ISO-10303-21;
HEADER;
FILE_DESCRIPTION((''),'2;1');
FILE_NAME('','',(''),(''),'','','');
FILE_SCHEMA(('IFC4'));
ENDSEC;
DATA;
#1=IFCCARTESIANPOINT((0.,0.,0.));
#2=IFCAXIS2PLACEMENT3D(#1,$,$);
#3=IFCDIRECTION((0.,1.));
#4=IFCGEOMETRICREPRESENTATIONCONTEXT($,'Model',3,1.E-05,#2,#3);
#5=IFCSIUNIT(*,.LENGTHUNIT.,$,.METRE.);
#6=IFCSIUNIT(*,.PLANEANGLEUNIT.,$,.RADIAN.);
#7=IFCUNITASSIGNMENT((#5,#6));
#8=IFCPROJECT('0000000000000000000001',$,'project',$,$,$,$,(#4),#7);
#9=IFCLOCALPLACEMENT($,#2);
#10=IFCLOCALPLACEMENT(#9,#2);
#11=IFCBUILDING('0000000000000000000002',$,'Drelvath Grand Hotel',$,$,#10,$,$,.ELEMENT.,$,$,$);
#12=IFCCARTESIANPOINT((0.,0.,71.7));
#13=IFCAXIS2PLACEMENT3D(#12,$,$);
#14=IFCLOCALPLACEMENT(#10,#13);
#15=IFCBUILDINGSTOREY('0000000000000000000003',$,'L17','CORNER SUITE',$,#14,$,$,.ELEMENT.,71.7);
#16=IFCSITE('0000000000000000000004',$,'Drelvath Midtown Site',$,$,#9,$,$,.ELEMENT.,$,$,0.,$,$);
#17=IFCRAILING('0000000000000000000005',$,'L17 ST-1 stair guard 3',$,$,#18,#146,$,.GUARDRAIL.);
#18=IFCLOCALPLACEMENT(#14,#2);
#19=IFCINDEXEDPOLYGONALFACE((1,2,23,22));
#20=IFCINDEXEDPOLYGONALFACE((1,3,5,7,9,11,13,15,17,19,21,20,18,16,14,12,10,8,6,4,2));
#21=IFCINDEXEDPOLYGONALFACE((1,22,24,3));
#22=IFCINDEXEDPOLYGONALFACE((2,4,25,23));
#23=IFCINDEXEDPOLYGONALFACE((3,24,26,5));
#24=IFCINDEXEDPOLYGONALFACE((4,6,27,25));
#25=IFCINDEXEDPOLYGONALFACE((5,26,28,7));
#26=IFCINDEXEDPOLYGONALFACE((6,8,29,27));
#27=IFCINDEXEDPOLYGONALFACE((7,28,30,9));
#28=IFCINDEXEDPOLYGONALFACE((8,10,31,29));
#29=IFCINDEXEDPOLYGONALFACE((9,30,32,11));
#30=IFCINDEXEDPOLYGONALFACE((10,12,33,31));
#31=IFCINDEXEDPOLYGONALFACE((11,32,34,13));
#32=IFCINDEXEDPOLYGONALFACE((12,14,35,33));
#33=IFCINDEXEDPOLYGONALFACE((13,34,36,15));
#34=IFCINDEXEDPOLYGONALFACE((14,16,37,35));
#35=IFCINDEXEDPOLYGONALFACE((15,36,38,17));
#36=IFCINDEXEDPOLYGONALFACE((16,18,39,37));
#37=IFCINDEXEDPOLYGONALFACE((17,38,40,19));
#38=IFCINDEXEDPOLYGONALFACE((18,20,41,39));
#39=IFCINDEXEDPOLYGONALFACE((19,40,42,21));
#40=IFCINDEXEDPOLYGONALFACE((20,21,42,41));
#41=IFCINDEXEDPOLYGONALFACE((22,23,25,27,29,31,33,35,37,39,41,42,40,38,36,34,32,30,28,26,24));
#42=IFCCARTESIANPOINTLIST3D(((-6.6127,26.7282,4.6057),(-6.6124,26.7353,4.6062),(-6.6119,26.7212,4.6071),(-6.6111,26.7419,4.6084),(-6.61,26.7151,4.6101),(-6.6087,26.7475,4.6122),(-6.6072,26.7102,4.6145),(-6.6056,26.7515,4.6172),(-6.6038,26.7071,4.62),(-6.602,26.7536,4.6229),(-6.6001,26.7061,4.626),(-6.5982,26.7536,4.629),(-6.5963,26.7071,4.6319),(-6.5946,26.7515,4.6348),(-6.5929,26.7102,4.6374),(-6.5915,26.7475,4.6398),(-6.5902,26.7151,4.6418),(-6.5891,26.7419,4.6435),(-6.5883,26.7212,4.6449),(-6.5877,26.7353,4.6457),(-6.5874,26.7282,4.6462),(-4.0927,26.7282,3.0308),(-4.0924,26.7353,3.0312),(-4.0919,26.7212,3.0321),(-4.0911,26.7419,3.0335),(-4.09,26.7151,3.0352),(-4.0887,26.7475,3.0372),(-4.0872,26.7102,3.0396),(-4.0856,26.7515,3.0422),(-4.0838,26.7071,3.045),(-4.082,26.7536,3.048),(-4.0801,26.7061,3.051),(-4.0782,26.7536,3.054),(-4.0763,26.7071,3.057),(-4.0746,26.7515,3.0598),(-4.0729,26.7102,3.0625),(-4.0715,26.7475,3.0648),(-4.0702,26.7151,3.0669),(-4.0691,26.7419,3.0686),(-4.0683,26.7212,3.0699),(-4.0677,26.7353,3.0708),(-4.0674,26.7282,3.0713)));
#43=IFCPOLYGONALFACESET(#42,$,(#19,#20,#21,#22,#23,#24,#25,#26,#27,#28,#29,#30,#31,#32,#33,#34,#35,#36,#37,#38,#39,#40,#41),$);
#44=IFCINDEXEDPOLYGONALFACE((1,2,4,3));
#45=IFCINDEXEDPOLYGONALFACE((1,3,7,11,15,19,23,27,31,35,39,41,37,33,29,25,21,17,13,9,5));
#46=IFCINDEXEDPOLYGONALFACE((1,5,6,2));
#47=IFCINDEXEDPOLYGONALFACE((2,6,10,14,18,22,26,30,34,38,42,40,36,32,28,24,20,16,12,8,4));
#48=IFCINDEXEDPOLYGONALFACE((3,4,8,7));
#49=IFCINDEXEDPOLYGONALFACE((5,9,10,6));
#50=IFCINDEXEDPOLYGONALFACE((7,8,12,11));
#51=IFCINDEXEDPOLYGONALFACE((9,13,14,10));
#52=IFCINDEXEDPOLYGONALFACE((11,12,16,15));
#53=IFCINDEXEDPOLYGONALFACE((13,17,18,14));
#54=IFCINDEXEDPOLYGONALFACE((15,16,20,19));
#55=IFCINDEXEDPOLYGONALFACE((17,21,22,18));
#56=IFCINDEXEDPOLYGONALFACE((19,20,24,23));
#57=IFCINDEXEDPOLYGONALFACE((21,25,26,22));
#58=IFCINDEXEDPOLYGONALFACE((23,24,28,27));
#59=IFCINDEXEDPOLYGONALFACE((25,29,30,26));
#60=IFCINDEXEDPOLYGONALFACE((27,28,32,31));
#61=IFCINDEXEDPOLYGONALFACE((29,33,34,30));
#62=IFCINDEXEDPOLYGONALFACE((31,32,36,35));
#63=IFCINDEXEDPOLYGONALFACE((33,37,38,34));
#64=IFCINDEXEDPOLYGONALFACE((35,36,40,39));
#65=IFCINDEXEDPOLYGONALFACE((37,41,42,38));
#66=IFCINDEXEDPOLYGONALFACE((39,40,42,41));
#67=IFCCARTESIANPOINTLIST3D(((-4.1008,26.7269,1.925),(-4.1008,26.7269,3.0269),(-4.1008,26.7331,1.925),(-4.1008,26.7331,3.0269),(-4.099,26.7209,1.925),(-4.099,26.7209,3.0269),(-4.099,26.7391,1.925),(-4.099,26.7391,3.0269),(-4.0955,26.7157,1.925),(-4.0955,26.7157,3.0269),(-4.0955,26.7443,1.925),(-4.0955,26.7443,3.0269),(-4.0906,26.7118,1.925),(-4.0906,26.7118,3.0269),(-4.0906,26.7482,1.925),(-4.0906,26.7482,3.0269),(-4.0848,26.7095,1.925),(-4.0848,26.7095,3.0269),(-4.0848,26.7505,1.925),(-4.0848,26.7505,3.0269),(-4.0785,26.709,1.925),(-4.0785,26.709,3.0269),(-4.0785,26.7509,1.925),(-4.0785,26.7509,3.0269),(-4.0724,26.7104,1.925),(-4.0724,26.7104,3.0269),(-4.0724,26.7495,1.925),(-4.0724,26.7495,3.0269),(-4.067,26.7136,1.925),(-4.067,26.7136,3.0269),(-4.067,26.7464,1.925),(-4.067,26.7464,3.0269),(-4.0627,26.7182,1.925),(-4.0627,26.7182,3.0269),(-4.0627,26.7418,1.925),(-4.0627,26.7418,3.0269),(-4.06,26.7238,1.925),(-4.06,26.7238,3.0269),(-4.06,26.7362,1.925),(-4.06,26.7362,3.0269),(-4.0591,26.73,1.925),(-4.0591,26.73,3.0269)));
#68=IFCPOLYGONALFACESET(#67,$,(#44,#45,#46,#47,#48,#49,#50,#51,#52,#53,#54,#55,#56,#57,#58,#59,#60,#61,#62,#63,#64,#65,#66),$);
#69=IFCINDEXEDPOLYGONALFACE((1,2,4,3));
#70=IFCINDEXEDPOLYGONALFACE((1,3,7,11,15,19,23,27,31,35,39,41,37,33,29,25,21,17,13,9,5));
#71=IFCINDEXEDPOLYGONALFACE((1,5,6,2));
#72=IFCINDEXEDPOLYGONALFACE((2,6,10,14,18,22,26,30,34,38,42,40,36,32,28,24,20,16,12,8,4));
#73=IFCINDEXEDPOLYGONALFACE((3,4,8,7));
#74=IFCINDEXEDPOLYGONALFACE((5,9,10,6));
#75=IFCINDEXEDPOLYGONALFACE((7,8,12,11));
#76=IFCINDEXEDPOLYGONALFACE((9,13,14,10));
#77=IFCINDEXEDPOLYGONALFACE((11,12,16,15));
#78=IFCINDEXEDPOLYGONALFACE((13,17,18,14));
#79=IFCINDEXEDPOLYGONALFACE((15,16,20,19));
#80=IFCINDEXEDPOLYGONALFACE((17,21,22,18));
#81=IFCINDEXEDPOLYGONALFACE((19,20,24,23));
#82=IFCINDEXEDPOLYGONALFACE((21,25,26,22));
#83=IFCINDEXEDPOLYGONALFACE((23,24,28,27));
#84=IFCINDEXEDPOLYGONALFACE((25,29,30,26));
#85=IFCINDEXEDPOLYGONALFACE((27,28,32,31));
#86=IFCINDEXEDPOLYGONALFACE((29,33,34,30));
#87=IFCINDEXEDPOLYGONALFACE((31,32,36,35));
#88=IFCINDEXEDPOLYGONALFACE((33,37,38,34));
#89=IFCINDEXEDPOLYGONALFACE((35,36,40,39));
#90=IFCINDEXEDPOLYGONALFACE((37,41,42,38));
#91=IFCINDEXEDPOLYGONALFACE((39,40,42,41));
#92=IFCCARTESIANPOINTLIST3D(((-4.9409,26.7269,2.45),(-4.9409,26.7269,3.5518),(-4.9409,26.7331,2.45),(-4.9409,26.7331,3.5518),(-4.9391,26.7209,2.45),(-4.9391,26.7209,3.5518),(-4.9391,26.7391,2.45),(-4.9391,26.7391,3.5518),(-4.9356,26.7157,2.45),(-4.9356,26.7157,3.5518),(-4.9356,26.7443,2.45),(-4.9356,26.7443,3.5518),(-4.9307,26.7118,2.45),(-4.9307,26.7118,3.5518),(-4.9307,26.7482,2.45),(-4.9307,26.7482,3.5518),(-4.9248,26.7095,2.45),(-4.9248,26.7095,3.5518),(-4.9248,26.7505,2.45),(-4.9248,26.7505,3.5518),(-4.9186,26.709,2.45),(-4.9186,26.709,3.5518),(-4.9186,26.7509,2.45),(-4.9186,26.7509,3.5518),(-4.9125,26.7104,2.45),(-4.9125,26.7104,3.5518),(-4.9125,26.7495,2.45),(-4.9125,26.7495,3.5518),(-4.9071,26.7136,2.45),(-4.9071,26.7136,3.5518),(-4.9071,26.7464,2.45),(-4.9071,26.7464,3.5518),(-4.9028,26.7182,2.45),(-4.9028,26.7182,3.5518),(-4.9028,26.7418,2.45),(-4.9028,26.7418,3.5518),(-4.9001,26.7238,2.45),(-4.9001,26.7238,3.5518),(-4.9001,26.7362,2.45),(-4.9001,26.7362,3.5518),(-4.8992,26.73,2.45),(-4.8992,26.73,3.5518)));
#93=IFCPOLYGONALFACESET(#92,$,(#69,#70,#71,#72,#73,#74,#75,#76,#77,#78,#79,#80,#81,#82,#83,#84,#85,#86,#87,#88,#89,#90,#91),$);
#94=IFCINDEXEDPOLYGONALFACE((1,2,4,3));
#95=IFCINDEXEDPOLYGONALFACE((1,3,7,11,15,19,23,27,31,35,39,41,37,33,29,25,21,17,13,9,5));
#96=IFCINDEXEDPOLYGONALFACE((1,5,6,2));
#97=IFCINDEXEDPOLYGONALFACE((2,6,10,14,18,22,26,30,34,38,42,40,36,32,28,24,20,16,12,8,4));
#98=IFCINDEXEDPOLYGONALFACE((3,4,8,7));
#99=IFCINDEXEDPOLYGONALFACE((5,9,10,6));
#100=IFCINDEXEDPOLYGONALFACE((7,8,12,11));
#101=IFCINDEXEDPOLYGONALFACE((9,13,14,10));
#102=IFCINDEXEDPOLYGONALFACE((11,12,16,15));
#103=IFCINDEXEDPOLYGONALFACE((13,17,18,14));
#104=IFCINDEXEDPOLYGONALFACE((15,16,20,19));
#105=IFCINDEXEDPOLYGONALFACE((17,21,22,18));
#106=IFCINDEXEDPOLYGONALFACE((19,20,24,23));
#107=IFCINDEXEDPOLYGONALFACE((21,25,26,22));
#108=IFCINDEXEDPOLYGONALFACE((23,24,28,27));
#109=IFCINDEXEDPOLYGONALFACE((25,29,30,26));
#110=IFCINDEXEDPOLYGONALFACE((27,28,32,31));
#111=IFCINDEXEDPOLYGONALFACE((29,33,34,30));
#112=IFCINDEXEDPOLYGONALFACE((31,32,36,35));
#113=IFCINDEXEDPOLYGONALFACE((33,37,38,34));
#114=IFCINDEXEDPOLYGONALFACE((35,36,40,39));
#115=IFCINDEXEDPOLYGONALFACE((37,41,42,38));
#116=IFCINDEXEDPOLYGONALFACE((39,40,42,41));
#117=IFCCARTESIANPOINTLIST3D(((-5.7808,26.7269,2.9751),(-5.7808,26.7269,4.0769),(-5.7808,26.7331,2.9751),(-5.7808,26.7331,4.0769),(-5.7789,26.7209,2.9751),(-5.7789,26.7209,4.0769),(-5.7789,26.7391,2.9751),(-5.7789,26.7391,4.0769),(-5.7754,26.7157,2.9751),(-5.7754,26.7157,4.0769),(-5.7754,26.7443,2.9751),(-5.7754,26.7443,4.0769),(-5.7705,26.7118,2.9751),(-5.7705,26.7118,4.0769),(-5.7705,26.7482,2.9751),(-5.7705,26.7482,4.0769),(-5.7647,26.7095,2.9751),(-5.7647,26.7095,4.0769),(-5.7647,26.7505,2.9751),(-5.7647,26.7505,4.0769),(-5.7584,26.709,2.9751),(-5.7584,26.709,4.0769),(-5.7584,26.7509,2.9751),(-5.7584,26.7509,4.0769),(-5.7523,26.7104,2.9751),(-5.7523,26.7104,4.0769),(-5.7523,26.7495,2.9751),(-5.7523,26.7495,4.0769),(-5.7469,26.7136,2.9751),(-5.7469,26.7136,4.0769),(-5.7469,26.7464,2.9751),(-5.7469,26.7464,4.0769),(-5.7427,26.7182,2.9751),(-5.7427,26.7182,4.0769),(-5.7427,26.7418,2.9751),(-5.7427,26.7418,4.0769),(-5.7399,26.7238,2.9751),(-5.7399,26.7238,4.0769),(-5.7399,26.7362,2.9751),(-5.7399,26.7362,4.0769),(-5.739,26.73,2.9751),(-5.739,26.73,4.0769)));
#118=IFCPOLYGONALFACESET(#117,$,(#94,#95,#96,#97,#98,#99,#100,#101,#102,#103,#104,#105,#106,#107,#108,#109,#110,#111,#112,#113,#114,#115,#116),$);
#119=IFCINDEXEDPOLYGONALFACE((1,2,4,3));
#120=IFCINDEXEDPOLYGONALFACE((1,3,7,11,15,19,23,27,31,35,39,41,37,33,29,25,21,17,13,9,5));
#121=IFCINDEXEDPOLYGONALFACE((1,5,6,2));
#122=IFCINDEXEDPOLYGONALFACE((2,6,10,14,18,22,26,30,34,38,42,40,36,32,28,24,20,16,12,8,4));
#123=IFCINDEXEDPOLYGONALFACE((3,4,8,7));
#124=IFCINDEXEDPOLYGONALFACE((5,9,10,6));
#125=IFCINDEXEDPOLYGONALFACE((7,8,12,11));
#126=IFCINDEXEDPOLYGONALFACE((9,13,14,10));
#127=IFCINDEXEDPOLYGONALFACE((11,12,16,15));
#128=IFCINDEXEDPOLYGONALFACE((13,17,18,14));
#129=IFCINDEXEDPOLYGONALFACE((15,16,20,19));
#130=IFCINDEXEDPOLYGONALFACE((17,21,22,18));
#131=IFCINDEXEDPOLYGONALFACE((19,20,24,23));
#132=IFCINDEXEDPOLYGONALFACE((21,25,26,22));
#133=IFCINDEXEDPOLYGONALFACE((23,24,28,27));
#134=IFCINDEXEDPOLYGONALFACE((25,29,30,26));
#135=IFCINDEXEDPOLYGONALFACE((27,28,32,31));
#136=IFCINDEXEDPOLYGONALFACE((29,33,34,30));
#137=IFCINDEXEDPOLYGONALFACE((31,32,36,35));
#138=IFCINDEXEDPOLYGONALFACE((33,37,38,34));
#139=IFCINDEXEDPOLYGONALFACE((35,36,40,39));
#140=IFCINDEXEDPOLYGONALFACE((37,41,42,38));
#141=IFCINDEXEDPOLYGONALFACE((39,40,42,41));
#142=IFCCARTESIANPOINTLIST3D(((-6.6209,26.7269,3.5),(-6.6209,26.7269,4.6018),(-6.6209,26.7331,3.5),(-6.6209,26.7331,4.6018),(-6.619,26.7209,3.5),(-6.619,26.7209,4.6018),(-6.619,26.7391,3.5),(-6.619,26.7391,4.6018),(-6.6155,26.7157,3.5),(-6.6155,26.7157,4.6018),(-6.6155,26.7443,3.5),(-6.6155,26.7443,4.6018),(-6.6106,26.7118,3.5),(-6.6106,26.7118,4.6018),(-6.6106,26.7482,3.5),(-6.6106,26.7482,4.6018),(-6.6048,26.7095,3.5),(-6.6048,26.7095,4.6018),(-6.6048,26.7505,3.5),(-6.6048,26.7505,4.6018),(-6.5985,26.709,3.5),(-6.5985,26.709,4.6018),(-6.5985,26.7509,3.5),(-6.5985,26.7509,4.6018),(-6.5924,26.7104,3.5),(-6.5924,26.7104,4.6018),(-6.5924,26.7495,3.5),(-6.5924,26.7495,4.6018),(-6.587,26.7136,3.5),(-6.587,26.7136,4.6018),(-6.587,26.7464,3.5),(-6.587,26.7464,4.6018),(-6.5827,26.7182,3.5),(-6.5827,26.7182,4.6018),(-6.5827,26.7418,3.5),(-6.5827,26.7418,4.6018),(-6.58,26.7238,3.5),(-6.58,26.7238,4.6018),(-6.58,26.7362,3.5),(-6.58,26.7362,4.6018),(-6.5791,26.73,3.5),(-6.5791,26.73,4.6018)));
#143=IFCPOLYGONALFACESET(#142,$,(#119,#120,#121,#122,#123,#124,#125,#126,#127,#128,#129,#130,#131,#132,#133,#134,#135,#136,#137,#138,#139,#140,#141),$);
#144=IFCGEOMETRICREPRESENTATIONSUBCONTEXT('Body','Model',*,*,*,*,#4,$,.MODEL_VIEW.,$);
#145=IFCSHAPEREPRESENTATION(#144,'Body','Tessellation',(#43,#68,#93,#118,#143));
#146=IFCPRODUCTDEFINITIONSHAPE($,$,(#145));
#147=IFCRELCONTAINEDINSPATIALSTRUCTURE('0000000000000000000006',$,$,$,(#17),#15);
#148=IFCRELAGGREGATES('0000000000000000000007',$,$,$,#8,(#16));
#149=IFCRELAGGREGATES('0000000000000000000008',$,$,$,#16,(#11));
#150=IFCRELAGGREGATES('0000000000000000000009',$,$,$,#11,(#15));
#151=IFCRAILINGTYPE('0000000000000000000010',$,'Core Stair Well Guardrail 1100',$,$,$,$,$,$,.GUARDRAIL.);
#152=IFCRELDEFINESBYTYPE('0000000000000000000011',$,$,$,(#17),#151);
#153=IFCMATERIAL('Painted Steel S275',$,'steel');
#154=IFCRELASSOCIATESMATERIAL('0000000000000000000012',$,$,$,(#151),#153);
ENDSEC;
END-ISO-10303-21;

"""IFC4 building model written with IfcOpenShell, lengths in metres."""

from ifc_helpers import new_model, si_unit, direction, frame, origin, origin_2d, place, context, subcontext, project, spatial, circle, extrude, material, type_object, element, save


model = new_model("IFC4")

# Units and contexts
model_context = context("Model", 3, precision=1e-05, world=origin(), true_north=direction((0.0, 1.0)))
body_context = subcontext(model_context, "Body", "Model", "MODEL_VIEW")
ifc_project = project(units=[si_unit("LENGTHUNIT", "METRE"), si_unit("PLANEANGLEUNIT", "RADIAN")], contexts=[model_context])

# Site, building, storey
site_placement = place(None, origin())
site = spatial("IfcSite", under=ifc_project, at=site_placement, Name="Drelvath Midtown Site", CompositionType="ELEMENT", RefElevation=0.0)
building_placement = place(site_placement, origin())
building = spatial("IfcBuilding", under=site, at=building_placement, Name="Drelvath Grand Hotel", CompositionType="ELEMENT")
storey_placement = place(building_placement, frame((0.0, 0.0, 71.7)))
storey = spatial("IfcBuildingStorey", under=building, at=storey_placement, Name="L17", Description="CORNER SUITE", CompositionType="ELEMENT", Elevation=71.7)

# Shared definitions
ifc_material_1 = material(Name="Painted Steel S275", Category="steel")

# Railing
railing_type_1 = type_object("IfcRailingType", Name="Core Stair Well Guardrail 1100", PredefinedType="GUARDRAIL", material=ifc_material_1)
railing_1_placement = place(storey_placement, frame((-4.0801, 26.73, 1.925)))
element("IfcRailing", 1, at=railing_1_placement, inside=storey, type_object=railing_type_1, Name="L17 ST-1 stair guard 3", PredefinedType="GUARDRAIL", context=body_context, shape_type="SweptSolid", body=[
    extrude(circle(Radius=0.0239, at=origin_2d()), frame((0.0, 0.0, 1.126), z_axis=(-0.848008, 0.0, 0.529984), x_axis=(0.0, -1.0, 0.0)), (0.0, 0.0, 1.0), 2.9717),
    extrude(circle(Radius=0.021, at=origin_2d()), origin(), (0.0, 0.0, 1.0), 1.1018),
    extrude(circle(Radius=0.021, at=origin_2d()), frame((-0.8401, 0.0, 0.5249)), (0.0, 0.0, 1.0), 1.1018),
    extrude(circle(Radius=0.021, at=origin_2d()), frame((-1.6799, 0.0, 1.05)), (0.0, 0.0, 1.0), 1.1018),
    extrude(circle(Radius=0.021, at=origin_2d()), frame((-2.52, 0.0, 1.575)), (0.0, 0.0, 1.0), 1.1018),
])

save(model, "model.ifc")
